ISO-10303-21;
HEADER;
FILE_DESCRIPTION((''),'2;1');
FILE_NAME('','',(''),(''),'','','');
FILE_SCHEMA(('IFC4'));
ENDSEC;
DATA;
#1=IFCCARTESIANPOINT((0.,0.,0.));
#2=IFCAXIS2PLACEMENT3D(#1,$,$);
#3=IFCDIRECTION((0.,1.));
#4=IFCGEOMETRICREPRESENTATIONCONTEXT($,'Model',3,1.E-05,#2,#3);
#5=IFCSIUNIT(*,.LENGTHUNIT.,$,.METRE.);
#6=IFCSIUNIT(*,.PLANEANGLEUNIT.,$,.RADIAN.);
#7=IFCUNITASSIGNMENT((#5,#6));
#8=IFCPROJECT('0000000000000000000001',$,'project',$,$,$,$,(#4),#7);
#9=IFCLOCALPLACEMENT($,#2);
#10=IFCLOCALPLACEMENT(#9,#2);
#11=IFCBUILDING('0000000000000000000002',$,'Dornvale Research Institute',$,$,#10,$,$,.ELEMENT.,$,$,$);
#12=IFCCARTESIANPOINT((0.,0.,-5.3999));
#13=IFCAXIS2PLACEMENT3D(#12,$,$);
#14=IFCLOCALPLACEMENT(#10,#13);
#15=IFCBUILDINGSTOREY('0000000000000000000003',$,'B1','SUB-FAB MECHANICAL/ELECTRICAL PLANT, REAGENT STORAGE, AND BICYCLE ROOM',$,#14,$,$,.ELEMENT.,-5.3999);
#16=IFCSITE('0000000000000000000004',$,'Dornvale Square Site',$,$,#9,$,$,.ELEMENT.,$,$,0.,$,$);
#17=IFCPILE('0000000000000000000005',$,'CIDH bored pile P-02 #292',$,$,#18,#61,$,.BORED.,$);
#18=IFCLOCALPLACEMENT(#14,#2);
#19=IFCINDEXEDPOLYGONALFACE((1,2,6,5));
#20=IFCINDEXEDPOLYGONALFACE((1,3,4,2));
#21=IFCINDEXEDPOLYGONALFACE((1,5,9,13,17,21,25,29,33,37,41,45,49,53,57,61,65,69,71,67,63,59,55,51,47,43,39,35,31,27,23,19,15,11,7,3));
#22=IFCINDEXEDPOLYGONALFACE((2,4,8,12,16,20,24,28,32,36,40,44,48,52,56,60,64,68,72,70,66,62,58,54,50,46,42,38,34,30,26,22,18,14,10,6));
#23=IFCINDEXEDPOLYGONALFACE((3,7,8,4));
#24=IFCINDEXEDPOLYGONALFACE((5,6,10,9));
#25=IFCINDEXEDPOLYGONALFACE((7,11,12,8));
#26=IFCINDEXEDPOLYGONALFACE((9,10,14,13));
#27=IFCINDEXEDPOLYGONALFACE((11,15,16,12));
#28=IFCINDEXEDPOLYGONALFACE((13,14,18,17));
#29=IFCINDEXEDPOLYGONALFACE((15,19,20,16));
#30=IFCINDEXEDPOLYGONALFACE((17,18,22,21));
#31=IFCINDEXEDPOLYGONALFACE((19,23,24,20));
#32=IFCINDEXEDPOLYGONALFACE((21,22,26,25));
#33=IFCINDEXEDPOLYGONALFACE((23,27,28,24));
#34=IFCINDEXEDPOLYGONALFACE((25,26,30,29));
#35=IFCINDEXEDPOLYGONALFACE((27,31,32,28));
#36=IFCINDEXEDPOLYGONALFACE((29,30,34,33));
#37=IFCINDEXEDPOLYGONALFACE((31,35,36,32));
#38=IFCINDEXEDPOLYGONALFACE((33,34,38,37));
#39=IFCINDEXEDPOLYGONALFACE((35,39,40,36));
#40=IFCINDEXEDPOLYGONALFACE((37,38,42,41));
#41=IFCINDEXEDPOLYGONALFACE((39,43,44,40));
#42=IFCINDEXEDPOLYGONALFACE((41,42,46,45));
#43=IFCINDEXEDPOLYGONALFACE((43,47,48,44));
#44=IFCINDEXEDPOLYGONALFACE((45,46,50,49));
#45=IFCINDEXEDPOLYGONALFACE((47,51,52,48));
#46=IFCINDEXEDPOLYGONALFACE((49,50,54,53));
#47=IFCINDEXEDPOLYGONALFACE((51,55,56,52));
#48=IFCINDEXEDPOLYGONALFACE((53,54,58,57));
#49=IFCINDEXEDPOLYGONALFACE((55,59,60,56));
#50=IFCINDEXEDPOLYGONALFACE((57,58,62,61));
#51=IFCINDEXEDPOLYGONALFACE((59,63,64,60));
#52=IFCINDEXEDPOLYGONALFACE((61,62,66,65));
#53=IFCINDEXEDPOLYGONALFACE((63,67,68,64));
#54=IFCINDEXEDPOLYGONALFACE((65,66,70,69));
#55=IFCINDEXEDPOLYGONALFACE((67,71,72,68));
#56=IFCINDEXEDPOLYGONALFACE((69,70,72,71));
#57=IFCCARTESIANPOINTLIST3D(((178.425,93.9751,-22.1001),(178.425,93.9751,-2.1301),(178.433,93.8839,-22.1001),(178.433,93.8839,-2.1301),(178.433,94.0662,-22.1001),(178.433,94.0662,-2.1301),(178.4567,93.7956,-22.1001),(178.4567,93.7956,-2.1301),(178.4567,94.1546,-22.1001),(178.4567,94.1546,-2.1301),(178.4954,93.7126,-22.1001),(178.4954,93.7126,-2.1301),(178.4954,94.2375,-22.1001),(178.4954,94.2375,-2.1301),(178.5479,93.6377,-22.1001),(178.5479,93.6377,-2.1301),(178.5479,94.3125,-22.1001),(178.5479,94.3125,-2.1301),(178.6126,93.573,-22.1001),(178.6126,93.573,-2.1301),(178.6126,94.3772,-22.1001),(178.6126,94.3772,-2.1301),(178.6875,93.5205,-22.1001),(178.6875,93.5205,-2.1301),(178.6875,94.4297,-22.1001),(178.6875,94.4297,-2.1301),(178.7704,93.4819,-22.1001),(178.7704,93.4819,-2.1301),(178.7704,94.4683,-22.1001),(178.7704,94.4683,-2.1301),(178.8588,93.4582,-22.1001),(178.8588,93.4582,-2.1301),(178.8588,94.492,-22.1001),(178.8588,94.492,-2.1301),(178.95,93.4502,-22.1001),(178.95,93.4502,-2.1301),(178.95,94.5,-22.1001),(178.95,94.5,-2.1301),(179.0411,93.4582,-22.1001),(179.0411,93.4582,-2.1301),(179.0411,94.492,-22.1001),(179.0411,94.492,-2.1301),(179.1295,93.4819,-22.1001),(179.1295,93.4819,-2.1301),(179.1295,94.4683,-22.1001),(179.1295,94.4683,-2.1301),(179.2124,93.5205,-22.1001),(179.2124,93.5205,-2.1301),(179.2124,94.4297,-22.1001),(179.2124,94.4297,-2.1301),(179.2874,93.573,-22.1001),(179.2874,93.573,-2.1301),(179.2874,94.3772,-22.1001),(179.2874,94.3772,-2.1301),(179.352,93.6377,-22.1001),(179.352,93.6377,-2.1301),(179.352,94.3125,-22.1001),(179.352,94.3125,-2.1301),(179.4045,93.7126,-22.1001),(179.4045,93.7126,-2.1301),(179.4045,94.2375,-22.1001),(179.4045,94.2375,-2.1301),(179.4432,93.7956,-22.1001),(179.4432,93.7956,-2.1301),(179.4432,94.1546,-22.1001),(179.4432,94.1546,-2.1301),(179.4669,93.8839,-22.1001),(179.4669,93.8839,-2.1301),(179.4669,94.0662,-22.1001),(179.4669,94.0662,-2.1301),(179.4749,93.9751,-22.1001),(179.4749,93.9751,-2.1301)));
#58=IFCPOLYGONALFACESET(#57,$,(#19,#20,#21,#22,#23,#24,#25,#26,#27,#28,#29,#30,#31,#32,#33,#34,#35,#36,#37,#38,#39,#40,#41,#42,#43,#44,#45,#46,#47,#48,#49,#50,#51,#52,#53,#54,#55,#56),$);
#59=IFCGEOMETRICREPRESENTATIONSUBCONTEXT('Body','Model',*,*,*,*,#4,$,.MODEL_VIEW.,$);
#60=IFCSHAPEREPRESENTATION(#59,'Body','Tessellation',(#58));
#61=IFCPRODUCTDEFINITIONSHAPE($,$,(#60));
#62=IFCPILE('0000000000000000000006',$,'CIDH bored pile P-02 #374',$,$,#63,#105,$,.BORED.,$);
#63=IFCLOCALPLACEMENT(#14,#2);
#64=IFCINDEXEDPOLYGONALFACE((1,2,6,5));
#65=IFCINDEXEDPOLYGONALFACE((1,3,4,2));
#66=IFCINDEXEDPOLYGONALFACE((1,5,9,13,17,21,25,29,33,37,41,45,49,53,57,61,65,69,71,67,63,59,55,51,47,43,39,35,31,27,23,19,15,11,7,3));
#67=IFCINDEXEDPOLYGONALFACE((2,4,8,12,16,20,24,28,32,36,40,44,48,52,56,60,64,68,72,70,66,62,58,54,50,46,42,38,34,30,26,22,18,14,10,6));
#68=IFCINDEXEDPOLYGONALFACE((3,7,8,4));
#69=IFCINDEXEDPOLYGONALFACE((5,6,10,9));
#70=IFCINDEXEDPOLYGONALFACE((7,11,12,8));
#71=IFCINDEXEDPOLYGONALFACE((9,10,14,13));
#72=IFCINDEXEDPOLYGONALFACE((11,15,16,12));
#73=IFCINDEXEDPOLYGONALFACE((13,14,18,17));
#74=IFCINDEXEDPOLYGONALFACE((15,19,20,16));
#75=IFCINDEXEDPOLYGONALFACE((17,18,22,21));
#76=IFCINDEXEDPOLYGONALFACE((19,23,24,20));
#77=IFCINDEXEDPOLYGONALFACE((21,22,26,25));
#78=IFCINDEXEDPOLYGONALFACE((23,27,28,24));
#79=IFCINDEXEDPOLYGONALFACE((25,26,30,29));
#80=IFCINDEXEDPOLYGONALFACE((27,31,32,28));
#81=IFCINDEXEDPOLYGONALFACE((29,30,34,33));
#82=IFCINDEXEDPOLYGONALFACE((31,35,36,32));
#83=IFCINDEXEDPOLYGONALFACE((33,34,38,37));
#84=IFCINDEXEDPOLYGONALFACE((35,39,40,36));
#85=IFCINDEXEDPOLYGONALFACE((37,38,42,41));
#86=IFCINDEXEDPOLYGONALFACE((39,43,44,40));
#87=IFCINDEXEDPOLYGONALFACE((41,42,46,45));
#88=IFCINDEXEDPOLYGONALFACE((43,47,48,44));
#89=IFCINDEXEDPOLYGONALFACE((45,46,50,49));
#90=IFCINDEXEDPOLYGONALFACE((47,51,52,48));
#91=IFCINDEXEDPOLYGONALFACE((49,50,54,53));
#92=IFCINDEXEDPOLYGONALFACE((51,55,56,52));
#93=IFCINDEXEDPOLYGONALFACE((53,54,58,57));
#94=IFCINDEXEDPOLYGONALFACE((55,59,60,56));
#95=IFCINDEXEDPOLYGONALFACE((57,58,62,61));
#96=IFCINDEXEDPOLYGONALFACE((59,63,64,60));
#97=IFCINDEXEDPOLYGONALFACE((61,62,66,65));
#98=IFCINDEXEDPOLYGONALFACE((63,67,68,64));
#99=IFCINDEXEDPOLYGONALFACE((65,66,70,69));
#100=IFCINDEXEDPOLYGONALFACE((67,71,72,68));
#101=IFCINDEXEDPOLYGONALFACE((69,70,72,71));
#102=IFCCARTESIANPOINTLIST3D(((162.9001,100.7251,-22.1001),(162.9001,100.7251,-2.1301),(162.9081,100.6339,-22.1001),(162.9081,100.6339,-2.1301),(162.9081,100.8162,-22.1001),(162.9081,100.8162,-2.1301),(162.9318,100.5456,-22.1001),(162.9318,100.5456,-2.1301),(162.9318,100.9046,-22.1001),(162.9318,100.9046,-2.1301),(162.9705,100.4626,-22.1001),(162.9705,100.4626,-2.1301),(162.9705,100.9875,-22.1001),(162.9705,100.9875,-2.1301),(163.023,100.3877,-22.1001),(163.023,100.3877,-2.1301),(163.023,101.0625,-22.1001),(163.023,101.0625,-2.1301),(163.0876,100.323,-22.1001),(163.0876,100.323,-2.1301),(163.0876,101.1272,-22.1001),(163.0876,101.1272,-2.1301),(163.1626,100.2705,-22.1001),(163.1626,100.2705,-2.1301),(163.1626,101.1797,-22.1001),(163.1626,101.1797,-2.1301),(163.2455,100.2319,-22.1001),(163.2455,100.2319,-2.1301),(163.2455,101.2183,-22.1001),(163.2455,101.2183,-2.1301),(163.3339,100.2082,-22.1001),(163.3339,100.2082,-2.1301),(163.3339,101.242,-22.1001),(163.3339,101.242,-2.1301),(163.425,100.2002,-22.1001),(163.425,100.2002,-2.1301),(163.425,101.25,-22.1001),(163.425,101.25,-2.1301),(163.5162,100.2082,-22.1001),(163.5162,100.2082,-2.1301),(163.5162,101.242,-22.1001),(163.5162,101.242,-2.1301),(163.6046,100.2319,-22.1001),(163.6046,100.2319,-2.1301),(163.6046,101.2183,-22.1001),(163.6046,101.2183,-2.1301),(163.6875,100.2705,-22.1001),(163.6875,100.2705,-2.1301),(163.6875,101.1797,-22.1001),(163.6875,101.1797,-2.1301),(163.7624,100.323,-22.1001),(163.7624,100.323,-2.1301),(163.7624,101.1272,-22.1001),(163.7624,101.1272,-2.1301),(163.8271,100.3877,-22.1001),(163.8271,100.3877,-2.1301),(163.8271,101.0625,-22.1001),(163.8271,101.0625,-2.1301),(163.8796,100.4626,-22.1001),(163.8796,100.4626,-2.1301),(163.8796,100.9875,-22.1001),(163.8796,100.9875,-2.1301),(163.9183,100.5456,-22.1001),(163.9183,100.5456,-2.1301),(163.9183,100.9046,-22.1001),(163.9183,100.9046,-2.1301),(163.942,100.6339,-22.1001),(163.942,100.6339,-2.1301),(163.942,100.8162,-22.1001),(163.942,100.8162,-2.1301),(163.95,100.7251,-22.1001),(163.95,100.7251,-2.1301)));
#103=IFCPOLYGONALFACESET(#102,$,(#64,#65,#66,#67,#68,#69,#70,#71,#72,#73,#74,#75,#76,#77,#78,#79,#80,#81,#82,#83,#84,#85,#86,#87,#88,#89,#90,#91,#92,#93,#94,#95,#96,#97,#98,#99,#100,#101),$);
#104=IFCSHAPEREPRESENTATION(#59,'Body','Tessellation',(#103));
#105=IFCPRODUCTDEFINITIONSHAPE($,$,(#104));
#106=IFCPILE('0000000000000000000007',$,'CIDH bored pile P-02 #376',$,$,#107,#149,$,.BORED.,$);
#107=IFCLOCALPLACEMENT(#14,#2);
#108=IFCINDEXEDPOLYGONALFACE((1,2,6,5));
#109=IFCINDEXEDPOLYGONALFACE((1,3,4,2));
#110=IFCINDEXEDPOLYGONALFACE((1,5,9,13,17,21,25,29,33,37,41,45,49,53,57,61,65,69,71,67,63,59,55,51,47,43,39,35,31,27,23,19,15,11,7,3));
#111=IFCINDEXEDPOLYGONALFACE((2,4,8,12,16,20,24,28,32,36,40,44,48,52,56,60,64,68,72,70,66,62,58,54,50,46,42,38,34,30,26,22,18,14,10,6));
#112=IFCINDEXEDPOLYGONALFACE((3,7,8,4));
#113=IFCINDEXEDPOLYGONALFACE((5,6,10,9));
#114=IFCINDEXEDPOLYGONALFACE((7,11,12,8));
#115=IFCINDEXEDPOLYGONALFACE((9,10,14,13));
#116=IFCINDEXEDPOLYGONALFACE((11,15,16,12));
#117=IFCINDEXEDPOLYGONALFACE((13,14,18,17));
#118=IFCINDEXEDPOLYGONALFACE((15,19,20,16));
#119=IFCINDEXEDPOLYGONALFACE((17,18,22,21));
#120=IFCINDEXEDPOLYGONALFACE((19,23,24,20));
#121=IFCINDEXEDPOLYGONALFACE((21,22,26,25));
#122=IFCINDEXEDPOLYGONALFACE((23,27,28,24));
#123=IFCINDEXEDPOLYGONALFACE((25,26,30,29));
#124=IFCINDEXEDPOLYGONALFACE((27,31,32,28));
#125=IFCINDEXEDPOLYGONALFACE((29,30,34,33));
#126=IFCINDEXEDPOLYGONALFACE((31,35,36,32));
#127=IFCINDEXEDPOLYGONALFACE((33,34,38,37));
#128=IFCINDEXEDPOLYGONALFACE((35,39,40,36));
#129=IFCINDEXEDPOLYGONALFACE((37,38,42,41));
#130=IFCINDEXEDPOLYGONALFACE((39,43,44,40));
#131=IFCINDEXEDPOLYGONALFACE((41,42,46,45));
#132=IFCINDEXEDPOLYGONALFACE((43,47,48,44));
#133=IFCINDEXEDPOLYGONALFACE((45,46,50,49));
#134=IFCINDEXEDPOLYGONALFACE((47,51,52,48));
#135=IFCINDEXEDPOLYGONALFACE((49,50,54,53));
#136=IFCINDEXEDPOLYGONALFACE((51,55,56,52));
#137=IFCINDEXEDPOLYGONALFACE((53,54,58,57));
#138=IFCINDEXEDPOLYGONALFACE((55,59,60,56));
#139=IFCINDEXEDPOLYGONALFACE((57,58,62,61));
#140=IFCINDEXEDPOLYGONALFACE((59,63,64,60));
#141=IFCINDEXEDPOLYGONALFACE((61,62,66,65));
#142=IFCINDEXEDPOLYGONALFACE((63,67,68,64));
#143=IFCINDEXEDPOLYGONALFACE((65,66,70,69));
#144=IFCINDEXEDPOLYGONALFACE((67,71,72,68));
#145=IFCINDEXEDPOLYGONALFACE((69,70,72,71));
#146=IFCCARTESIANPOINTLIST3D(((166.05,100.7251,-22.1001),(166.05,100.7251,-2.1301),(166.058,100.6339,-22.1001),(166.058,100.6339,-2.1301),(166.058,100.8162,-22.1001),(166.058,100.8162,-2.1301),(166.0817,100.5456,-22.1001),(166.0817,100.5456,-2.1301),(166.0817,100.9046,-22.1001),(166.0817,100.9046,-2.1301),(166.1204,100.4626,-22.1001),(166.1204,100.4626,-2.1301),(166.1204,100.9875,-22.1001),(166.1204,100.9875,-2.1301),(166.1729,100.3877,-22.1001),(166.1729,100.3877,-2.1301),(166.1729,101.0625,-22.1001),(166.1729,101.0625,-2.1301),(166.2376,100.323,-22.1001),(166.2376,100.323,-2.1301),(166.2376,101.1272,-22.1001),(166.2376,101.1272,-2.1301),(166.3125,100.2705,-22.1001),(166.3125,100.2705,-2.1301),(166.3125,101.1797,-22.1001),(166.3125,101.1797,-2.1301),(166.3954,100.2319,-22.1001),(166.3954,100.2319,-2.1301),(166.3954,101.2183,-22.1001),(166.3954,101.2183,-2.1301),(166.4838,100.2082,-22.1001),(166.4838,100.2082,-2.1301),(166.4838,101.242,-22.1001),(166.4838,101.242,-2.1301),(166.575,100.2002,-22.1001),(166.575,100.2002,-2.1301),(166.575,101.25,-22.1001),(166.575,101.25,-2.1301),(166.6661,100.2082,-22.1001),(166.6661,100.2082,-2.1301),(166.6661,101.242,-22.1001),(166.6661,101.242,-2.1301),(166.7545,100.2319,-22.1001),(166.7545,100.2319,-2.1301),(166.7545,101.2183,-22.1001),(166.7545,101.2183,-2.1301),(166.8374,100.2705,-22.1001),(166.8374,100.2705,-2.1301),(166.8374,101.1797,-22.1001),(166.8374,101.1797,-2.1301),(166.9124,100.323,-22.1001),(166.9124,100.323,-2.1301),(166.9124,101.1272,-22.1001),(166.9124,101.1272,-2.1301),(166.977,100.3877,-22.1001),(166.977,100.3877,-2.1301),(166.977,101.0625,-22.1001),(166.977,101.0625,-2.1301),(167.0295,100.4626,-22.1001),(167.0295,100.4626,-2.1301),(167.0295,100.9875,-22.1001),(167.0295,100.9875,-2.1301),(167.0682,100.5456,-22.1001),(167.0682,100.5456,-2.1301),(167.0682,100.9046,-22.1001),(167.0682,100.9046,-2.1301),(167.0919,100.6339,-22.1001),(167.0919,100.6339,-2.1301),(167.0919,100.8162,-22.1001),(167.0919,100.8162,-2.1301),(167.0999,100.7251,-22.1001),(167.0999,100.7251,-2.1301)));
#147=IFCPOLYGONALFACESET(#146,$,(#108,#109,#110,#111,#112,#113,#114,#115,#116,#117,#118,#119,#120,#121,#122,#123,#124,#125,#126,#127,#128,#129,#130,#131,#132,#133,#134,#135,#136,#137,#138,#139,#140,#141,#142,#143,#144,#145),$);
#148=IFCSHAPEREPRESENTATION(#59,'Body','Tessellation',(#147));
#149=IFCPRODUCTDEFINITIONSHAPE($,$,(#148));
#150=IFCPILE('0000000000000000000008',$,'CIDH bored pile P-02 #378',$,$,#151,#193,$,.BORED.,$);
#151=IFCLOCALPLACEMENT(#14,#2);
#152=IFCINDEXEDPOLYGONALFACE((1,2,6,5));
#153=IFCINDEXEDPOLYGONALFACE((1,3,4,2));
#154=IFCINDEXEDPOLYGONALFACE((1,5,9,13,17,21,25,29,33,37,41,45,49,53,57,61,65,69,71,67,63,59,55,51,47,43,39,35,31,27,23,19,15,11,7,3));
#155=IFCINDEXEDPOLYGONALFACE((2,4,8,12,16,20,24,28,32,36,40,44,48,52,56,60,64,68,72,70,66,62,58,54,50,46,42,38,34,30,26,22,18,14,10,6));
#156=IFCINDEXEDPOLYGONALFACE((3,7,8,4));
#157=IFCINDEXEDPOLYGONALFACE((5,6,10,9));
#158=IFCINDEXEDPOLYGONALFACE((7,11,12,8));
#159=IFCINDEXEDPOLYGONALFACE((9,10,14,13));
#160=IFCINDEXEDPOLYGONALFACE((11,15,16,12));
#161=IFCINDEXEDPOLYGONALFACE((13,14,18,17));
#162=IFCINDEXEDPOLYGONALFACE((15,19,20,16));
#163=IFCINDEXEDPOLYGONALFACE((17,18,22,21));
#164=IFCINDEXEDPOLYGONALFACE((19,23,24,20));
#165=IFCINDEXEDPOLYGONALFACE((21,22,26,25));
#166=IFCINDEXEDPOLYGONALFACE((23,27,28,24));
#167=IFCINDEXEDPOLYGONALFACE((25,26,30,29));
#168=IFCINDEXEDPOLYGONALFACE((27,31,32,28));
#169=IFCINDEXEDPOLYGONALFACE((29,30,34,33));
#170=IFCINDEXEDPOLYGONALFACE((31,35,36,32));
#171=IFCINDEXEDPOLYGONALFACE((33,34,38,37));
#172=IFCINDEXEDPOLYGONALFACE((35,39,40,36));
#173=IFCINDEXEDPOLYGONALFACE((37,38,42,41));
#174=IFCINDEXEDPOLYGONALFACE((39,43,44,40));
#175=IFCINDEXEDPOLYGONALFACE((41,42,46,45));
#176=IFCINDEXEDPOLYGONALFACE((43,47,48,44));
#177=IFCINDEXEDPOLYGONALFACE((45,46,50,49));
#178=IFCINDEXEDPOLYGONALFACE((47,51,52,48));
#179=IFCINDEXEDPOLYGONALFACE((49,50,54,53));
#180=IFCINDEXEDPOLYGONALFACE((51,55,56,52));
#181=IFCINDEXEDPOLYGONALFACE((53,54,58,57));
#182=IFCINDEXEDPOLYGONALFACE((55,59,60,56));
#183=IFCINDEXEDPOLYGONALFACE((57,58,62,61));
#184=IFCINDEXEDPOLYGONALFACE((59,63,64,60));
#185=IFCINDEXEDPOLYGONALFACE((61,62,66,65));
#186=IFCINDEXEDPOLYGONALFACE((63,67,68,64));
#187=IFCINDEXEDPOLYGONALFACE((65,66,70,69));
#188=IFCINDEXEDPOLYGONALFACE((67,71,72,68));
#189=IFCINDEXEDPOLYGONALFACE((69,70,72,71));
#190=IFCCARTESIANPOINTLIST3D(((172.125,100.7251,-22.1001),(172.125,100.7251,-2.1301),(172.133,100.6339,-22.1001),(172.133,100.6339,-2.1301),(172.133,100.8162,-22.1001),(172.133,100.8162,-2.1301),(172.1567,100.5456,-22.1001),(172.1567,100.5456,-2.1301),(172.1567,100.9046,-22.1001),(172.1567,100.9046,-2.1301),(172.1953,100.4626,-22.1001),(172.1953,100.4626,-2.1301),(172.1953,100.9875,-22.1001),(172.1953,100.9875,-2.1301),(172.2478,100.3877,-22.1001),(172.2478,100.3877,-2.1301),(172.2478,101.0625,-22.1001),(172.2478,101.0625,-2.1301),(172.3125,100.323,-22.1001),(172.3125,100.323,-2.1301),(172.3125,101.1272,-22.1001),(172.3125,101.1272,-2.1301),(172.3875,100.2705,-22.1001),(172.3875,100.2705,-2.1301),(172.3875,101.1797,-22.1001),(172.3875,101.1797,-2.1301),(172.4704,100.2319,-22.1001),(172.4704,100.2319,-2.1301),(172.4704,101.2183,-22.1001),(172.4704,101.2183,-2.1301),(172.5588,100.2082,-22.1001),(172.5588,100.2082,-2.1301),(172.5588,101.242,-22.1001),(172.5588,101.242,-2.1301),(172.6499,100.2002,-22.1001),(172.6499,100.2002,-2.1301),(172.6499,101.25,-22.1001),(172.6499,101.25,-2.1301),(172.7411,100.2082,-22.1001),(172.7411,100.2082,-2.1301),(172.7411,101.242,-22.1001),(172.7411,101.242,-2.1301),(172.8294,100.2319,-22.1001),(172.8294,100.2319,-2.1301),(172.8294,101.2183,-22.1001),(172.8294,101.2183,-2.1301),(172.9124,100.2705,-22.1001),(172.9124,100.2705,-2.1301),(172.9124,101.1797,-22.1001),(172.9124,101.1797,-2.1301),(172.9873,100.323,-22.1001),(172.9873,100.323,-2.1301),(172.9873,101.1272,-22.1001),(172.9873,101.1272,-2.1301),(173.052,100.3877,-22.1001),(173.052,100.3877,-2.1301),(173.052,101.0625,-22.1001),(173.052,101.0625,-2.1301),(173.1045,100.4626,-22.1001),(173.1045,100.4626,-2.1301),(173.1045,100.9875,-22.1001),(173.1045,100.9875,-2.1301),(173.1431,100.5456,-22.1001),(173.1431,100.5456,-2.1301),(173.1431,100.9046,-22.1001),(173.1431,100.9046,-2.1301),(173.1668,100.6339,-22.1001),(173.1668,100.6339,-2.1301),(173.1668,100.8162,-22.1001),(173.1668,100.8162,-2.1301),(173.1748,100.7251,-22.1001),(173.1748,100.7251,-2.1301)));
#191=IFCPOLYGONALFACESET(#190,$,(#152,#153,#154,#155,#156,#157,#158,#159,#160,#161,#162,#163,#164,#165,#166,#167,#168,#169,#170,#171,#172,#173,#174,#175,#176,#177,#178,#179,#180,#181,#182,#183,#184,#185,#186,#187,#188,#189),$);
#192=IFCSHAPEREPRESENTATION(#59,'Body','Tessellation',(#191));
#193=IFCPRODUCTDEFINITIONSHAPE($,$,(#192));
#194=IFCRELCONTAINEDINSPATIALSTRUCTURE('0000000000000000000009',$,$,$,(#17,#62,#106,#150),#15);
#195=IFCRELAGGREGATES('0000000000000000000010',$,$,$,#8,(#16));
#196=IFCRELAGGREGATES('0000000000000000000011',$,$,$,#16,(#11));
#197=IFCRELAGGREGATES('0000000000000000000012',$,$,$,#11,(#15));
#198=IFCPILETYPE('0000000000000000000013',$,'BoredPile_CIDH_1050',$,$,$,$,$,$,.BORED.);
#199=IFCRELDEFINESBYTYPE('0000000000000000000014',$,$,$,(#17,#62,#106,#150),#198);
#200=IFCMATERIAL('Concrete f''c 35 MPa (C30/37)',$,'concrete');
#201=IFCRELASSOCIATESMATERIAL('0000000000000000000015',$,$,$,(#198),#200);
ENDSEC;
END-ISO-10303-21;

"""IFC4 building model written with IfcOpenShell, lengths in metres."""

from ifc_helpers import new_model, si_unit, direction, frame, origin, origin_2d, place, context, subcontext, project, spatial, circle, extrude, material, material_profile, profile_set, type_object, element, save


model = new_model("IFC4")

# Units and contexts
model_context = context("Model", 3, precision=1e-05, world=origin(), true_north=direction((0.0, 1.0)))
body_context = subcontext(model_context, "Body", "Model", "MODEL_VIEW")
ifc_project = project(units=[si_unit("LENGTHUNIT", "METRE"), si_unit("PLANEANGLEUNIT", "RADIAN")], contexts=[model_context])

# Site, building, storey
site_placement = place(None, origin())
site = spatial("IfcSite", under=ifc_project, at=site_placement, Name="Dornvale Square Site", CompositionType="ELEMENT", RefElevation=0.0)
building_placement = place(site_placement, origin())
building = spatial("IfcBuilding", under=site, at=building_placement, Name="Dornvale Research Institute", CompositionType="ELEMENT")
storey_placement = place(building_placement, frame((0.0, 0.0, -5.3999)))
storey = spatial("IfcBuildingStorey", under=building, at=storey_placement, Name="B1", Description="SUB-FAB MECHANICAL/ELECTRICAL PLANT, REAGENT STORAGE, AND BICYCLE ROOM", CompositionType="ELEMENT", Elevation=-5.3999)

# Piles
ifc_material_1 = material(Name="Concrete f'c 35 MPa (C30/37)", Category="concrete")
ifc_material_profile_1 = material_profile(ifc_material_1, circle(Radius=0.5249, at=origin_2d()), Name="CIDH PILE D1050")
ifc_profile_set_1 = profile_set([ifc_material_profile_1], Name="Concrete f'c 35 MPa (C30/37)")
pile_type = type_object("IfcPileType", Name="BoredPile_CIDH_1050", PredefinedType="BORED", material=ifc_profile_set_1)
for number, where, z_axis, x_axis, name in (
    (1, (178.95, 93.9751, -2.1301), (0.0, 0.0, -1.0), (1.0, 0.0, 0.0), "CIDH bored pile P-02 #292"),
    (2, (163.425, 100.7251, -2.1301), (0.0, 0.0, -1.0), (1.0, 0.0, 0.0), "CIDH bored pile P-02 #374"),
    (3, (166.575, 100.7251, -2.1301), (0.0, 0.0, -1.0), (1.0, 0.0, 0.0), "CIDH bored pile P-02 #376"),
    (4, (172.6499, 100.7251, -2.1301), (0.0, 0.0, -1.0), (1.0, 0.0, 0.0), "CIDH bored pile P-02 #378"),
):
    element("IfcPile", number, at=place(storey_placement, frame(where, z_axis=z_axis, x_axis=x_axis)), inside=storey, type_object=pile_type, Name=name, PredefinedType="BORED", context=body_context, shape_type="SweptSolid", body=[
        extrude(circle(Radius=0.5249, at=origin_2d()), origin(), (0.0, 0.0, 1.0), 19.97),
    ])

save(model, "model.ifc")
